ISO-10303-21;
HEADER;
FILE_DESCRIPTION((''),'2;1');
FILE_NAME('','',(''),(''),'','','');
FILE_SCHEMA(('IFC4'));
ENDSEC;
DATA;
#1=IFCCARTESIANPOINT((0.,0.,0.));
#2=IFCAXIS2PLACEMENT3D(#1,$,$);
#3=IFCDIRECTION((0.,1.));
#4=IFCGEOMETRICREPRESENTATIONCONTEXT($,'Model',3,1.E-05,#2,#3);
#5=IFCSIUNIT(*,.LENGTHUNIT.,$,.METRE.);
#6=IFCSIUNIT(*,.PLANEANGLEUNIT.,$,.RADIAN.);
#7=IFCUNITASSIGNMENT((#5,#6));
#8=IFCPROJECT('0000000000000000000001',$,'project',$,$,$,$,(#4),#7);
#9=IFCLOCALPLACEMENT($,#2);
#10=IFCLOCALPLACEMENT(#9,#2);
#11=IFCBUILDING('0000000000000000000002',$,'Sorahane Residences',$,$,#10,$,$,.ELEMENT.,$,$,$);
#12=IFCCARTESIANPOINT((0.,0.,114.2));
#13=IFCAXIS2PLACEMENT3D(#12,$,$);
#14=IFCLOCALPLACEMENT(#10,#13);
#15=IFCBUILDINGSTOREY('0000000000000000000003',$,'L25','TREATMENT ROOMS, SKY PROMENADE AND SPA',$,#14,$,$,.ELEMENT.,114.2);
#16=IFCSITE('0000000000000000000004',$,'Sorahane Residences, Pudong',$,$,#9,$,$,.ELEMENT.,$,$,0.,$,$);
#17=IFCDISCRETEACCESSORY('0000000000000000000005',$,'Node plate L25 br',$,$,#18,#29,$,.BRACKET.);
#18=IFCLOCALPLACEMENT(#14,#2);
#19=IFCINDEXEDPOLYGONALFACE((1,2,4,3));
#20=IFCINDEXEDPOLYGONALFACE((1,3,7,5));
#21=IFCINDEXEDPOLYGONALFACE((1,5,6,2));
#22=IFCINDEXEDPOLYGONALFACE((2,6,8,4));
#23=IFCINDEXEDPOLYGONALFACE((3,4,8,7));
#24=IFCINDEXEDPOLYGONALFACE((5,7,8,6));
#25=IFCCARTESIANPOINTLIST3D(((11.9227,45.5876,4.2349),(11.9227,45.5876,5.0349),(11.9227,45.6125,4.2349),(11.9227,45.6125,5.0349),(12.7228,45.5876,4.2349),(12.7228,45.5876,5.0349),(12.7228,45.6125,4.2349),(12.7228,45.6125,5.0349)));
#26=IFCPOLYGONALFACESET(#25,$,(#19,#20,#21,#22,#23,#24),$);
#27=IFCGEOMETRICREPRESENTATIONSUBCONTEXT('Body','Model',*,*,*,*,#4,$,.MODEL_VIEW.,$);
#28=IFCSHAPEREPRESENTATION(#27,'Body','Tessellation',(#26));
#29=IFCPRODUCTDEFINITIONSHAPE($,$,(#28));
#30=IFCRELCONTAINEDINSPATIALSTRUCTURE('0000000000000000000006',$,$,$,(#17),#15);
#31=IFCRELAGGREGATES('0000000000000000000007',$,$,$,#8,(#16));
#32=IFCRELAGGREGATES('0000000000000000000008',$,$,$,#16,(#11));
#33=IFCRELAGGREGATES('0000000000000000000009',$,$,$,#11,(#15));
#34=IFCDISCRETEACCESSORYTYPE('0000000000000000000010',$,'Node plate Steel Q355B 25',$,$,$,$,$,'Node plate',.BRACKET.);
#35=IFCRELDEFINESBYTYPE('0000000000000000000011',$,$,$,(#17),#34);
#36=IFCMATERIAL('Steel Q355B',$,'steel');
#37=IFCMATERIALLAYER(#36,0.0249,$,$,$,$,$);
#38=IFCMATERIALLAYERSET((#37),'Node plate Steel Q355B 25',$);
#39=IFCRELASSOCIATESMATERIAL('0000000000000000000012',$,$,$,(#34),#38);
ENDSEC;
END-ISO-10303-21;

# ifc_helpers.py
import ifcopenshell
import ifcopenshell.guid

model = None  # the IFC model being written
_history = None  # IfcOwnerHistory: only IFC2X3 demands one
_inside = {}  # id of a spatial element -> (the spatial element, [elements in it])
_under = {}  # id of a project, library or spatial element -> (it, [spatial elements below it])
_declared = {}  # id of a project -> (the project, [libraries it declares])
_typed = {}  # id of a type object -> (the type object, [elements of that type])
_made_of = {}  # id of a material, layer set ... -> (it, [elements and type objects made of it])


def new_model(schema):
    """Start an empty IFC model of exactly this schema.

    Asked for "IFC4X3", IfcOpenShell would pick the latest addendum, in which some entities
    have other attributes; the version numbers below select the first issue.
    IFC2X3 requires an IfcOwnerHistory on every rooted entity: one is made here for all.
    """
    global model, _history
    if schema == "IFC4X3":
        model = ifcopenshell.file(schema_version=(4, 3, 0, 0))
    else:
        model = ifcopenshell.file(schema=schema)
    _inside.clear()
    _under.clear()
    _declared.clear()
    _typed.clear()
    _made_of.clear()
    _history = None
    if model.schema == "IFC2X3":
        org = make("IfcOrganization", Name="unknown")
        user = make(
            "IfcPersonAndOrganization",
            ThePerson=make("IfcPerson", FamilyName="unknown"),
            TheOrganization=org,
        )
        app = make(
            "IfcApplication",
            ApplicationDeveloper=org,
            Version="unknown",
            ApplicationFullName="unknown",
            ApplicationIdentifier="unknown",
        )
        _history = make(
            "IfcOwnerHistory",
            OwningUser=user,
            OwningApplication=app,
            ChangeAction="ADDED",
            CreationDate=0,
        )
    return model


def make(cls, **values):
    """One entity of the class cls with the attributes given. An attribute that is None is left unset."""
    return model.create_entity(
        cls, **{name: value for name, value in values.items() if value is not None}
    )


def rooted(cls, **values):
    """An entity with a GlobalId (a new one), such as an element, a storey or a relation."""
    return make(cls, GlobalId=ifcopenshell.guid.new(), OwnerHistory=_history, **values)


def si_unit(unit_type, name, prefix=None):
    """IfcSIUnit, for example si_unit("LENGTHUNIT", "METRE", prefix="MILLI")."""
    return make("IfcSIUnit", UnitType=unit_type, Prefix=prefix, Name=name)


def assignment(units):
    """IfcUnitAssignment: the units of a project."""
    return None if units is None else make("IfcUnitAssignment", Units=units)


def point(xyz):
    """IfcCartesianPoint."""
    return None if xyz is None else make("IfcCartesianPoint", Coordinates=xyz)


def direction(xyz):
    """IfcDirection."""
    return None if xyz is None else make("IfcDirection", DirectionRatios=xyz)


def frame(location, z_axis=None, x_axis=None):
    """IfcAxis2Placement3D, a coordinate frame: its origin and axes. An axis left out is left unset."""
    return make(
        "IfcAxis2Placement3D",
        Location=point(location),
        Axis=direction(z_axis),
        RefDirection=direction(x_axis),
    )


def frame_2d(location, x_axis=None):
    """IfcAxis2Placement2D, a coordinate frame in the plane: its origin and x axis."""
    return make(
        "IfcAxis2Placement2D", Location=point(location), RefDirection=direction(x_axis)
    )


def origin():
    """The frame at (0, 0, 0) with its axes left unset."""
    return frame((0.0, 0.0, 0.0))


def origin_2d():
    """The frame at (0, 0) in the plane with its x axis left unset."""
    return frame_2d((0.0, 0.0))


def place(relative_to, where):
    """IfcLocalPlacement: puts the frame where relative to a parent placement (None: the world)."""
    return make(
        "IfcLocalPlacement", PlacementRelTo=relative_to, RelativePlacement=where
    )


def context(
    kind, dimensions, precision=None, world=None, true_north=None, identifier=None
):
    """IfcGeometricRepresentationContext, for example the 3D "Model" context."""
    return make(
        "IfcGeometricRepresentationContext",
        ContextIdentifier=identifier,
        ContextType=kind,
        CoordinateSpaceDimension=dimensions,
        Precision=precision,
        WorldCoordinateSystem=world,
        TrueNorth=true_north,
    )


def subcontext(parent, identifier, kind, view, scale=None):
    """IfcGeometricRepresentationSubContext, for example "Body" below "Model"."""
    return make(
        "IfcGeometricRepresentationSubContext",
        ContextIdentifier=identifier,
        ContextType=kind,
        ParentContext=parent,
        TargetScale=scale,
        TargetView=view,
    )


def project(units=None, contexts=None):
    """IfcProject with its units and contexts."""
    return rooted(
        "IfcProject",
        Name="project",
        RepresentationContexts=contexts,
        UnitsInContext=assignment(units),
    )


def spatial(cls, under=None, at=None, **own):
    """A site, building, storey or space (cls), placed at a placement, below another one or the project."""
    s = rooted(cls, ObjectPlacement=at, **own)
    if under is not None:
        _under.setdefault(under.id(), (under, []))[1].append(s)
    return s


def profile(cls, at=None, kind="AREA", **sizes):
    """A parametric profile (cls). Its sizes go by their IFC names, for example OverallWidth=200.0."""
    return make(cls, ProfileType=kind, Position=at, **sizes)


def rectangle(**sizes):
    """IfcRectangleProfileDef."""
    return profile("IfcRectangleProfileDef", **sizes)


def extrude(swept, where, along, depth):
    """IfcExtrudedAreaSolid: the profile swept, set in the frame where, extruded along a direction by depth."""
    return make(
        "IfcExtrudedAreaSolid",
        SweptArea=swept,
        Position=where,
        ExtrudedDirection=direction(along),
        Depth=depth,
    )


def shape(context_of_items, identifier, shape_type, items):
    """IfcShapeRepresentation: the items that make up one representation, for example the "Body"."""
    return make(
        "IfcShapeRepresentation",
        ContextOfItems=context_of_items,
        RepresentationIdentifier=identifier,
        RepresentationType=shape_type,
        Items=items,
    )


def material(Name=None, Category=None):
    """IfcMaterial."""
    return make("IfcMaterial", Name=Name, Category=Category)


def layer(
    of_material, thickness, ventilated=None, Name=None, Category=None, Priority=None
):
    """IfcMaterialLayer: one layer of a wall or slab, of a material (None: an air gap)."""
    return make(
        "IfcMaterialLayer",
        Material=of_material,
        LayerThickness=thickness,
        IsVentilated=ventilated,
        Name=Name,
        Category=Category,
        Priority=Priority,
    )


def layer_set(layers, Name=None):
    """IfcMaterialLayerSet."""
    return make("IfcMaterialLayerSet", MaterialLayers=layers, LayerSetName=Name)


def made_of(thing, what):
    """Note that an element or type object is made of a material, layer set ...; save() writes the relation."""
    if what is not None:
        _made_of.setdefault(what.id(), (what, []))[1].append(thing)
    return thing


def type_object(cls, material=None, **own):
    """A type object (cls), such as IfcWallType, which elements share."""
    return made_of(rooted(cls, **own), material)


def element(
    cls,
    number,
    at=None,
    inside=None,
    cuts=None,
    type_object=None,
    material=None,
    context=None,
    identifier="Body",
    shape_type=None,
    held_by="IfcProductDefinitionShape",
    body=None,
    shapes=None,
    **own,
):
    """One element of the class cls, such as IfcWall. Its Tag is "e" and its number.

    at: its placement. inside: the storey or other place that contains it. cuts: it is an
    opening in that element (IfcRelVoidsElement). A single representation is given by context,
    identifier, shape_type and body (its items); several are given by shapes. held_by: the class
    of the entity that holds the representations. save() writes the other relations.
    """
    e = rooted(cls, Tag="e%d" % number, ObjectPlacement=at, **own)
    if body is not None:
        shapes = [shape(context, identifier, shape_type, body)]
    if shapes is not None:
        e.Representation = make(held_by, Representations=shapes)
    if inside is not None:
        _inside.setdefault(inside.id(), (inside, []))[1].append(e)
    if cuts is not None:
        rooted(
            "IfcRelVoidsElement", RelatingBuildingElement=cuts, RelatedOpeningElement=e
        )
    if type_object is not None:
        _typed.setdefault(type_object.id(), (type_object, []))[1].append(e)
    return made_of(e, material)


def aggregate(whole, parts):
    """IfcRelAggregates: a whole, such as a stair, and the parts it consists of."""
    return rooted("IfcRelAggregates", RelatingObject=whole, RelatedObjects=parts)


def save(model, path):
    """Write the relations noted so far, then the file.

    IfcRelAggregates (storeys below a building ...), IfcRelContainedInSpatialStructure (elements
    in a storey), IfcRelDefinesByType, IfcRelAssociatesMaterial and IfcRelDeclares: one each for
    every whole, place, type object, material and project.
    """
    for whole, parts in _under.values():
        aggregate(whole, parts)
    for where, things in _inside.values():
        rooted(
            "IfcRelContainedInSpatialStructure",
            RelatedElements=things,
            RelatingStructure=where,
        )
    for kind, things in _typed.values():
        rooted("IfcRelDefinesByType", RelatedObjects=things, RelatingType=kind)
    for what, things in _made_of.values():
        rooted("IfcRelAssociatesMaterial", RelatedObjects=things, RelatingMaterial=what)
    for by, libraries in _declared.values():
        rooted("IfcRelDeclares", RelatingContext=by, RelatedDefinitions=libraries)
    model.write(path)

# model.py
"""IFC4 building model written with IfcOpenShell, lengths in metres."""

from ifc_helpers import new_model, si_unit, direction, frame, origin, origin_2d, place, context, subcontext, project, spatial, rectangle, extrude, material, layer, layer_set, type_object, element, save


model = new_model("IFC4")

# Units and contexts
model_context = context("Model", 3, precision=1e-05, world=origin(), true_north=direction((0.0, 1.0)))
body_context = subcontext(model_context, "Body", "Model", "MODEL_VIEW")
ifc_project = project(units=[si_unit("LENGTHUNIT", "METRE"), si_unit("PLANEANGLEUNIT", "RADIAN")], contexts=[model_context])

# Site, building, storey
site_placement = place(None, origin())
site = spatial("IfcSite", under=ifc_project, at=site_placement, Name="Sorahane Residences, Pudong", CompositionType="ELEMENT", RefElevation=0.0)
building_placement = place(site_placement, origin())
building = spatial("IfcBuilding", under=site, at=building_placement, Name="Sorahane Residences", CompositionType="ELEMENT")
storey_placement = place(building_placement, frame((0.0, 0.0, 114.2)))
storey = spatial("IfcBuildingStorey", under=building, at=storey_placement, Name="L25", Description="TREATMENT ROOMS, SKY PROMENADE AND SPA", CompositionType="ELEMENT", Elevation=114.2)

# Discrete accessory
ifc_material_1 = material(Name="Steel Q355B", Category="steel")
ifc_layer_1 = layer(ifc_material_1, 0.0249)
ifc_layer_set_1 = layer_set([ifc_layer_1], Name="Node plate Steel Q355B 25")
discrete_accessory_type = type_object("IfcDiscreteAccessoryType", Name="Node plate Steel Q355B 25", ElementType="Node plate", PredefinedType="BRACKET", material=ifc_layer_set_1)
for number, where, z_axis, x_axis, name in (
    (1, (12.3228, 45.6001, 4.2349), (0.0, 0.0, 1.0), (1.0, 0.0, 0.0), "Node plate L25 br"),
):
    element("IfcDiscreteAccessory", number, at=place(storey_placement, frame(where, z_axis=z_axis, x_axis=x_axis)), inside=storey, type_object=discrete_accessory_type, Name=name, PredefinedType="BRACKET", context=body_context, shape_type="SweptSolid", body=[
        extrude(rectangle(XDim=0.8, YDim=0.0249, at=origin_2d()), origin(), (0.0, 0.0, 1.0), 0.8),
    ])

save(model, "model.ifc")
